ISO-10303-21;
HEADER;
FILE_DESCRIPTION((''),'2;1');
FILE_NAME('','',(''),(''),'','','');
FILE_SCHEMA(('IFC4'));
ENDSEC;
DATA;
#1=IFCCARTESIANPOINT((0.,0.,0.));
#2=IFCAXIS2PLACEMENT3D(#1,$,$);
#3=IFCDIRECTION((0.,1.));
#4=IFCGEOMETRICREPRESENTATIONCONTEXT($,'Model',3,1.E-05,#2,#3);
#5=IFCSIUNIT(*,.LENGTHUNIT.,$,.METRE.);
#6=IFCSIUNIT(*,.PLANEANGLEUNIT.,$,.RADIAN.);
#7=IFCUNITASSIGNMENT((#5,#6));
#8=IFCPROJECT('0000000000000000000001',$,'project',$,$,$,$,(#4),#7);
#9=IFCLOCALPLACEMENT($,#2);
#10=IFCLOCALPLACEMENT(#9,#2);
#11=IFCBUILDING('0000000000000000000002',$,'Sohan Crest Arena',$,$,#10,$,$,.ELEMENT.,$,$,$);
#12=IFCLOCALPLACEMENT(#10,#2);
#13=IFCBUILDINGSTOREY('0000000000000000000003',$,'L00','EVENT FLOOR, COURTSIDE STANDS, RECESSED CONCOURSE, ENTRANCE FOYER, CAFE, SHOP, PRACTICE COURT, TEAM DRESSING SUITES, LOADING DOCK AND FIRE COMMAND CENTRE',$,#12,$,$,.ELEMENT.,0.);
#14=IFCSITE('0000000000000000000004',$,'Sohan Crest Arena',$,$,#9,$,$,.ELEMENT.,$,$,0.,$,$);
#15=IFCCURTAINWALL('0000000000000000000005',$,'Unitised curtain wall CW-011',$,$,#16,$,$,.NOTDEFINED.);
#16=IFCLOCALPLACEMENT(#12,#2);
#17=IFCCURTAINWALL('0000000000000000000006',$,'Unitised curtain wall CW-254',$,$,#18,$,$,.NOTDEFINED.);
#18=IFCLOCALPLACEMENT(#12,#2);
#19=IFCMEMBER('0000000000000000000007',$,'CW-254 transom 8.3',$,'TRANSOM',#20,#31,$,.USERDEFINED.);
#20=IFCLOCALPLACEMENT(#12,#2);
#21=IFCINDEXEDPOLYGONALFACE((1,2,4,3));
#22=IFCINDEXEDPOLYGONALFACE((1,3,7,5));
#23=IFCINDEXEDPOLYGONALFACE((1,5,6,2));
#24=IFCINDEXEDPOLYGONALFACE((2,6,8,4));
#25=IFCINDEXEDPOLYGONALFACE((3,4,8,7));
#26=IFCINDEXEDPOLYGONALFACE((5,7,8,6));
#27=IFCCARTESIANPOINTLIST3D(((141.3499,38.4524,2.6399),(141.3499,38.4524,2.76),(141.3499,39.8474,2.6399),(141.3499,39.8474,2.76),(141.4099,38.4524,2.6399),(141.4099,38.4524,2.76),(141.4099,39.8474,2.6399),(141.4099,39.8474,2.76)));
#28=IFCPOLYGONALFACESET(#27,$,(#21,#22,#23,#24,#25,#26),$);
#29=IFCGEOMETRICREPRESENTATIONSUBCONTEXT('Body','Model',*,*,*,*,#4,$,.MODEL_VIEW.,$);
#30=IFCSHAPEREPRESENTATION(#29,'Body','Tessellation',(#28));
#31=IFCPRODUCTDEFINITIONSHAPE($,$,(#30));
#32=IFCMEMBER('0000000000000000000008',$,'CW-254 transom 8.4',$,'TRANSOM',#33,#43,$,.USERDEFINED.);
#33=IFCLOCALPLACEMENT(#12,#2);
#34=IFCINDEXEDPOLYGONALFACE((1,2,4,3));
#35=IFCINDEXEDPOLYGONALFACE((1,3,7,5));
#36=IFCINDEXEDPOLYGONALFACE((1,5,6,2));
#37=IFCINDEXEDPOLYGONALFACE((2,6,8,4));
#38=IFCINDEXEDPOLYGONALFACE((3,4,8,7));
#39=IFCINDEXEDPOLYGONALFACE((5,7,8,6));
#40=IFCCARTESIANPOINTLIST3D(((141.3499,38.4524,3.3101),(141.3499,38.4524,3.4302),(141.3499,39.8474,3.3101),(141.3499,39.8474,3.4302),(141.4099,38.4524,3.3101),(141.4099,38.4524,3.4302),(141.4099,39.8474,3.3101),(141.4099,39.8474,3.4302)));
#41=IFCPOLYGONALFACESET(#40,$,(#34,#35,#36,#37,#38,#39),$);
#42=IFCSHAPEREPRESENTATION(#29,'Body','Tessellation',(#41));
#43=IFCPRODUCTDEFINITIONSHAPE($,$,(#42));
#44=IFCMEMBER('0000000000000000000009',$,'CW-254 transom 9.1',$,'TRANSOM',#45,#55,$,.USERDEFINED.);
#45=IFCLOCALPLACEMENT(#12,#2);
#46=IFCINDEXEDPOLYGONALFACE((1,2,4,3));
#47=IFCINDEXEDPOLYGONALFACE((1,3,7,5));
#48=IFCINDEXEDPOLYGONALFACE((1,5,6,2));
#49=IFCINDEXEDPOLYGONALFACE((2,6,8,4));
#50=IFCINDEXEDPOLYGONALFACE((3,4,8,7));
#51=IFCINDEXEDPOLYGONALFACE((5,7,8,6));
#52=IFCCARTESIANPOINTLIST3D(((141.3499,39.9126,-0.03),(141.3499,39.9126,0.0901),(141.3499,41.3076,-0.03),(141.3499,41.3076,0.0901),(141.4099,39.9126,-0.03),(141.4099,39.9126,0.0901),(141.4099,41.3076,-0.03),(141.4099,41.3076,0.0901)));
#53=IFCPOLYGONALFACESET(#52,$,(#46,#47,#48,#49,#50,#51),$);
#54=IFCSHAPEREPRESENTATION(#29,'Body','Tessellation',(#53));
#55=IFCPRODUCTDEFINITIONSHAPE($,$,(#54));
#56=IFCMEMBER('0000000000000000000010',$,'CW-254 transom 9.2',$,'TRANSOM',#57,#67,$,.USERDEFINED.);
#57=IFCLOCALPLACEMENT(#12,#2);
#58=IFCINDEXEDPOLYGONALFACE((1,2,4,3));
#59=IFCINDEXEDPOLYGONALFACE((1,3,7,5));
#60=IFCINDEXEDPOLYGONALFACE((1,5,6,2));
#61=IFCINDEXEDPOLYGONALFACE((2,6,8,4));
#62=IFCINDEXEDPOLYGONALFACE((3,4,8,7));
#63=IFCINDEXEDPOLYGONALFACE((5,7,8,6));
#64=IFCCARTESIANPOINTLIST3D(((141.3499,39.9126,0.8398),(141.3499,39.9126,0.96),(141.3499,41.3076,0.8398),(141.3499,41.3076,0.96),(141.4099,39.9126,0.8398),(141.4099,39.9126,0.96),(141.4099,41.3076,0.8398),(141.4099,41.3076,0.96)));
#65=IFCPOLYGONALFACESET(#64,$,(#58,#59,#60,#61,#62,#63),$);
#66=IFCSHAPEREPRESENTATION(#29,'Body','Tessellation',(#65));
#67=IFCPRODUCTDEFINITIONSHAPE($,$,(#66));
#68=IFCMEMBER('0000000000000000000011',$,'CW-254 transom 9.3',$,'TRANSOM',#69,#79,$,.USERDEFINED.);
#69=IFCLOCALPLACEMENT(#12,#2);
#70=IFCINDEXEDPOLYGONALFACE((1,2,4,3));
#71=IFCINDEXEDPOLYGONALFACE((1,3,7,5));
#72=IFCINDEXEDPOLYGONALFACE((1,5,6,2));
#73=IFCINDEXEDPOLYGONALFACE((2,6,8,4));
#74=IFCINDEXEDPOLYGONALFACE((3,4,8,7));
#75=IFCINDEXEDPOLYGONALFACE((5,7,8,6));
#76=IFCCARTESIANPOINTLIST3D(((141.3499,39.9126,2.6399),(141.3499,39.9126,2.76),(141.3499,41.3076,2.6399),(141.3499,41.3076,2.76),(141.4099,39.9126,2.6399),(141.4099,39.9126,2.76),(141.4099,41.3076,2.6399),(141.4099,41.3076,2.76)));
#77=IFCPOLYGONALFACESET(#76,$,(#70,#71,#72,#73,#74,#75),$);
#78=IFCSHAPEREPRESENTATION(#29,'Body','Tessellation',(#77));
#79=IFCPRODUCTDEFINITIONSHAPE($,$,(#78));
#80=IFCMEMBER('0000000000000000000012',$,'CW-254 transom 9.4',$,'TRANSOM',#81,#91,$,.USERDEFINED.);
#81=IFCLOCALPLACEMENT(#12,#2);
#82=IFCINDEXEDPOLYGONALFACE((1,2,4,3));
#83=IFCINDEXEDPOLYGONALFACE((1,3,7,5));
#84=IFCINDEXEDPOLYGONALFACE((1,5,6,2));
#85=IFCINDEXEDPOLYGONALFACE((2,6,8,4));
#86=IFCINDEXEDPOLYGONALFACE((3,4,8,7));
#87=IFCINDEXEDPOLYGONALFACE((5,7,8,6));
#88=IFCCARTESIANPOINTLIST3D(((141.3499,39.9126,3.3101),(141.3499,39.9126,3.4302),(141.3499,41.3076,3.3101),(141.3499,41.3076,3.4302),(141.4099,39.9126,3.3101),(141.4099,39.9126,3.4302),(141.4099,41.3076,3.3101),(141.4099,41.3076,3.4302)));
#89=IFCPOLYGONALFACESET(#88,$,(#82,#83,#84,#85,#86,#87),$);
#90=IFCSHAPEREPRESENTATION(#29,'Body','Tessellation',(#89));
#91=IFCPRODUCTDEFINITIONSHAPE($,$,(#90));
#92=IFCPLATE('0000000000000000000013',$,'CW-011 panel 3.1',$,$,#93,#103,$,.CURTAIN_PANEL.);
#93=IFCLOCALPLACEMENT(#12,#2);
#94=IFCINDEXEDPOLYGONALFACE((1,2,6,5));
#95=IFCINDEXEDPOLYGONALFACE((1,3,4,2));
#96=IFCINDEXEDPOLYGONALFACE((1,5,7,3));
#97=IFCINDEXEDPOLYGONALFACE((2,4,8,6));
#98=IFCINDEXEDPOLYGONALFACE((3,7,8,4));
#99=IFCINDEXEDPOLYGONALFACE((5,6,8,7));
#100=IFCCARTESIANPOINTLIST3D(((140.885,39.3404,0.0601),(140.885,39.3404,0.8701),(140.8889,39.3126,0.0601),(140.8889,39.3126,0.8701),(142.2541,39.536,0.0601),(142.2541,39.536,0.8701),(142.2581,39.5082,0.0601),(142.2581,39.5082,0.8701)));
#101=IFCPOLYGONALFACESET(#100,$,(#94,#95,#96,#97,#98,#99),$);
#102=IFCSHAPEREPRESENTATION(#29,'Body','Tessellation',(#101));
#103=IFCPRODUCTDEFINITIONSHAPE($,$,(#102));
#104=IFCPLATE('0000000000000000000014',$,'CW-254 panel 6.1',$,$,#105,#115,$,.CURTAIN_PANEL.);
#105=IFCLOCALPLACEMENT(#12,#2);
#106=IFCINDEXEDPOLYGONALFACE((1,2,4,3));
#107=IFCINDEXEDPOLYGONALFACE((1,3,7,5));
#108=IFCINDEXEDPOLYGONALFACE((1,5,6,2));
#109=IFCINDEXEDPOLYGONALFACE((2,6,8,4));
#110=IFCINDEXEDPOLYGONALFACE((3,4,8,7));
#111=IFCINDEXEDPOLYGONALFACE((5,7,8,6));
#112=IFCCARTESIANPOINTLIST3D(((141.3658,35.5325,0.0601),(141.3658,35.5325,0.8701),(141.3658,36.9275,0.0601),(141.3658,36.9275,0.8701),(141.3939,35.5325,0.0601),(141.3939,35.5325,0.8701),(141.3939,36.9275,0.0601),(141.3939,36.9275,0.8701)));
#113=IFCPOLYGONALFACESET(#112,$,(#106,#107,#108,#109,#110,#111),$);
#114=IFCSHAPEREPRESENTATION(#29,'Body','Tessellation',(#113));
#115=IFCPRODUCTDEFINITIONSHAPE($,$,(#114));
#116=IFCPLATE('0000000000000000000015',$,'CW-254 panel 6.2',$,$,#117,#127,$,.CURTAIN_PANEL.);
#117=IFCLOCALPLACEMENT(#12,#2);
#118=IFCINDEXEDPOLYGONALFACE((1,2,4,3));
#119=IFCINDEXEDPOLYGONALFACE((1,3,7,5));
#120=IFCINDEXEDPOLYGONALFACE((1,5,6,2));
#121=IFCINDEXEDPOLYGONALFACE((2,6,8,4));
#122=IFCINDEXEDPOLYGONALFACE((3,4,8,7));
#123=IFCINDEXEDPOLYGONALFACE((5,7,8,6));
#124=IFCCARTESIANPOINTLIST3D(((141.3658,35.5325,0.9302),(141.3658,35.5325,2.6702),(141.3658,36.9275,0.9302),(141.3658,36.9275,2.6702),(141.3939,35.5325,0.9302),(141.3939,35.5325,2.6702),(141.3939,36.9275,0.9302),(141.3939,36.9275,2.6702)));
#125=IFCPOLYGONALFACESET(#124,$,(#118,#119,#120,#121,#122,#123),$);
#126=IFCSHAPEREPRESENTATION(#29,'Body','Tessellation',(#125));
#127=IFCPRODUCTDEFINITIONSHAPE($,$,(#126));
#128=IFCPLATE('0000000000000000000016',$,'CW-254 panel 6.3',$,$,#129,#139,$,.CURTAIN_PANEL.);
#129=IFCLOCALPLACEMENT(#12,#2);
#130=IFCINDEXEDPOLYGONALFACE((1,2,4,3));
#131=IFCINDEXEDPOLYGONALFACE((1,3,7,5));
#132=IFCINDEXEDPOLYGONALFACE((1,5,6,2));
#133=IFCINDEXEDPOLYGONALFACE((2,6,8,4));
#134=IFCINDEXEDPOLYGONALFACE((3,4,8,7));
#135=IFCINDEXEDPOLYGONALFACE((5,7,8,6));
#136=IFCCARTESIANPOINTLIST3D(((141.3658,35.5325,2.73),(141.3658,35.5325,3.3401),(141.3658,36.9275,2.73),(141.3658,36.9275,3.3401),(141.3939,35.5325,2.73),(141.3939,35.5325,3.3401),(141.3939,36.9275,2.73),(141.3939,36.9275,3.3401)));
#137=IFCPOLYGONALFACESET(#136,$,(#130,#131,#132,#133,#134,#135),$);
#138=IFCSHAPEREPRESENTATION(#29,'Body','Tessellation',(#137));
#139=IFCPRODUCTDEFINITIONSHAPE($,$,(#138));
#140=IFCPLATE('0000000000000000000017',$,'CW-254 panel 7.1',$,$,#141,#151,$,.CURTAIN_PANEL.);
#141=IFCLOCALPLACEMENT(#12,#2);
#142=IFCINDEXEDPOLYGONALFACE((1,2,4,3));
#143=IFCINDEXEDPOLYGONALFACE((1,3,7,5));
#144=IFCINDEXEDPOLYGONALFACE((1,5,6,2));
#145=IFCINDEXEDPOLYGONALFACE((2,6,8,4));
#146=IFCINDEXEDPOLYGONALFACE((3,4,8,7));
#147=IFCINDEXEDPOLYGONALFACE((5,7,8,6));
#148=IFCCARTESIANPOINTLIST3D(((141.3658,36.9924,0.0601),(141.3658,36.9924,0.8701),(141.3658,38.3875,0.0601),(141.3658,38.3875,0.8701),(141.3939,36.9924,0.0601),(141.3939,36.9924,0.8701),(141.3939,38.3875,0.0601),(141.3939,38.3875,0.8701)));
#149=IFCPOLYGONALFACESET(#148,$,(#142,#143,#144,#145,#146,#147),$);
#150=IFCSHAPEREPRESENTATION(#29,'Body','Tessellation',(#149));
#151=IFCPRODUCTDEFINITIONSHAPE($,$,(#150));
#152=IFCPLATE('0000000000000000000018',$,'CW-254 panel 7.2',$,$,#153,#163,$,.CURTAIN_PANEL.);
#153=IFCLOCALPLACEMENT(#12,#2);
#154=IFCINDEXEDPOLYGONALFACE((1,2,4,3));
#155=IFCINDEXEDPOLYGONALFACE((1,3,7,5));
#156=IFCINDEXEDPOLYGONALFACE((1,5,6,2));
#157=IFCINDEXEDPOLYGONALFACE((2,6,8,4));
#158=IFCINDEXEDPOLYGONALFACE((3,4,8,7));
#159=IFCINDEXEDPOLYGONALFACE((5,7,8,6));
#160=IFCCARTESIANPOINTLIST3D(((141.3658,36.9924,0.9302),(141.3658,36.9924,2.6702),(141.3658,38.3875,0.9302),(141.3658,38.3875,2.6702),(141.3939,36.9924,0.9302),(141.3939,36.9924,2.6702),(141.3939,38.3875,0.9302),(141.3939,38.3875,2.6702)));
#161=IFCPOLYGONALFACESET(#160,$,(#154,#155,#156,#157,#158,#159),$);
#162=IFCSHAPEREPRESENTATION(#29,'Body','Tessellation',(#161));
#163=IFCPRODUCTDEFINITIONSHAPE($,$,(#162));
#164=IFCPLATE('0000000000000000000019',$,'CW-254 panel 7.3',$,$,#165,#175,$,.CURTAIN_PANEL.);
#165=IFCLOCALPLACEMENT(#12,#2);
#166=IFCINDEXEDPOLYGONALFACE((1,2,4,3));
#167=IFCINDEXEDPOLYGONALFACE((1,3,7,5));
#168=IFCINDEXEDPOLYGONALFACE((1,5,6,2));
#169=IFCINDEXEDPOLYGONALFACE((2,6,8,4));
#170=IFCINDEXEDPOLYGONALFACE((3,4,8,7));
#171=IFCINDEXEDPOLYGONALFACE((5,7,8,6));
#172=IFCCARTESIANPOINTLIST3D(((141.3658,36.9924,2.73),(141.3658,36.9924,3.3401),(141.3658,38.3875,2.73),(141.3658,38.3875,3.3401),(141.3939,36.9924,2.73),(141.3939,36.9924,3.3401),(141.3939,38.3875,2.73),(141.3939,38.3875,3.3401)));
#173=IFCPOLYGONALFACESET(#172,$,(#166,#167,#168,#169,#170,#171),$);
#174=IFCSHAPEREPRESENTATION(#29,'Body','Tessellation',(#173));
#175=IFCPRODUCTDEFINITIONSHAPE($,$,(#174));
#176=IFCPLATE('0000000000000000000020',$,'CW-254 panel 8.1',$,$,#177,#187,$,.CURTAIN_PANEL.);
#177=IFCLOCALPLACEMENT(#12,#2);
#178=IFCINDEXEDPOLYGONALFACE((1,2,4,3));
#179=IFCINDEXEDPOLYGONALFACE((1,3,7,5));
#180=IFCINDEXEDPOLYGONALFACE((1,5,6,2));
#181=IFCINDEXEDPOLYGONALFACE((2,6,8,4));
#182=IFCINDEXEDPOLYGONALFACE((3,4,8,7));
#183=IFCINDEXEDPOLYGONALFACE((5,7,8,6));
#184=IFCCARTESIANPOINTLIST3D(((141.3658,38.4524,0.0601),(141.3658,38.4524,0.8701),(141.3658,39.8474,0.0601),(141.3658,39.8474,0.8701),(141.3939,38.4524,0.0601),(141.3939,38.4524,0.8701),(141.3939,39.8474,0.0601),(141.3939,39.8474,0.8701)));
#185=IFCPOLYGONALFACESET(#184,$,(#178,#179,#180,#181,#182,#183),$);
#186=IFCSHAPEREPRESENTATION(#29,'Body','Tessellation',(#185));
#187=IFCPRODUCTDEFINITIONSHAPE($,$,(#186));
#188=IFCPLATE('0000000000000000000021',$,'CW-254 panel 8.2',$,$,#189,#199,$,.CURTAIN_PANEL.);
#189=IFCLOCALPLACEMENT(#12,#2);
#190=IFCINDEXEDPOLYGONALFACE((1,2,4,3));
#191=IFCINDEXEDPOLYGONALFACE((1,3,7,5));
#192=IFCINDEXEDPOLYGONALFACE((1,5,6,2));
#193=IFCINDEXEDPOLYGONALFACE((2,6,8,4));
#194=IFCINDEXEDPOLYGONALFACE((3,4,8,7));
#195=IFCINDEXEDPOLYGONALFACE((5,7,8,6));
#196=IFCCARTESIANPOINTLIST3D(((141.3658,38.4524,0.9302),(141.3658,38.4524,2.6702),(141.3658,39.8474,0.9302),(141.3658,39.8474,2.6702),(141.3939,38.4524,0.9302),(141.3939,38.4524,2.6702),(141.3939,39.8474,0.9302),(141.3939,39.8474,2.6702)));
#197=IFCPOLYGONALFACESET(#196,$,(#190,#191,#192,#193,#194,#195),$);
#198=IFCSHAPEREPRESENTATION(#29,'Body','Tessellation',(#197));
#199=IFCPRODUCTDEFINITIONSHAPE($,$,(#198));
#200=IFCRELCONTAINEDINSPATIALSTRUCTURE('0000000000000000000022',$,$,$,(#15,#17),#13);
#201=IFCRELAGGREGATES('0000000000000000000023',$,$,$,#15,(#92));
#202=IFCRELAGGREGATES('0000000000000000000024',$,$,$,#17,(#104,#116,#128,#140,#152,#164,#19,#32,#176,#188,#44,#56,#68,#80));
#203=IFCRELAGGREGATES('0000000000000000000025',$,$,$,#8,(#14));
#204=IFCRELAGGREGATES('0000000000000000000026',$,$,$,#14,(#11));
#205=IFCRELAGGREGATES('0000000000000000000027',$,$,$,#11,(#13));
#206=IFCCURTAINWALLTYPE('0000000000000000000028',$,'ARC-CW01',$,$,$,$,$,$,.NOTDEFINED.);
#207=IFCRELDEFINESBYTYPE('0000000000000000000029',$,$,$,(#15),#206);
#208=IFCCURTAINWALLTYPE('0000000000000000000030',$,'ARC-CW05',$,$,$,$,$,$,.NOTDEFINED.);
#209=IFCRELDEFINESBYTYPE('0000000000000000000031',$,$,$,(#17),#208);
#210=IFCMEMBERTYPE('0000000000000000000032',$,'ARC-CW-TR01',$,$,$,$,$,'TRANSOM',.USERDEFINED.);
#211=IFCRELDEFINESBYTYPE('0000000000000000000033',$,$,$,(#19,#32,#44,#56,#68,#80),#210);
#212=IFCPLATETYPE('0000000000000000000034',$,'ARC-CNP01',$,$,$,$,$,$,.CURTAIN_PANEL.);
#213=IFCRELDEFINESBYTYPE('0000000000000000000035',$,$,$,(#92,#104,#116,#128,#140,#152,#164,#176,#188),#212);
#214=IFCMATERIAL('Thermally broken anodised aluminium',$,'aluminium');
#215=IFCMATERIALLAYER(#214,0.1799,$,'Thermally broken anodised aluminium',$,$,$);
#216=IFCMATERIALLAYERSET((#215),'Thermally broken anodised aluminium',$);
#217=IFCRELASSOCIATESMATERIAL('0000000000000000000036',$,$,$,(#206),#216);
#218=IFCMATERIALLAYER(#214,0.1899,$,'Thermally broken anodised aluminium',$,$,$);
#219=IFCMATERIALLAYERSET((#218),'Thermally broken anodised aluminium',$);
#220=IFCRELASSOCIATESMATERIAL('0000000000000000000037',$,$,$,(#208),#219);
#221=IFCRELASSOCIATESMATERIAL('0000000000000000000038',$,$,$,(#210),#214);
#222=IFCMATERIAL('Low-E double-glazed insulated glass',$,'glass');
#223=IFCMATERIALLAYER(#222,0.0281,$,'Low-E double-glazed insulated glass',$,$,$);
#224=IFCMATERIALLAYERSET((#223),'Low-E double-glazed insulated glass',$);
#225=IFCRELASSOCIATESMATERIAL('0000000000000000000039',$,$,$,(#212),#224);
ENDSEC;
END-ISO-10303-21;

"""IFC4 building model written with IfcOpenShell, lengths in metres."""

from ifc_helpers import new_model, si_unit, direction, frame, origin, origin_2d, place, context, subcontext, project, spatial, rectangle, extrude, material, layer, layer_set, material_profile, profile_set, type_object, element, aggregate, save


model = new_model("IFC4")

# Units and contexts
model_context = context("Model", 3, precision=1e-05, world=origin(), true_north=direction((0.0, 1.0)))
body_context = subcontext(model_context, "Body", "Model", "MODEL_VIEW")
ifc_project = project(units=[si_unit("LENGTHUNIT", "METRE"), si_unit("PLANEANGLEUNIT", "RADIAN")], contexts=[model_context])

# Site, building, storey
site_placement = place(None, origin())
site = spatial("IfcSite", under=ifc_project, at=site_placement, Name="Sohan Crest Arena", CompositionType="ELEMENT", RefElevation=0.0)
building_placement = place(site_placement, origin())
building = spatial("IfcBuilding", under=site, at=building_placement, Name="Sohan Crest Arena", CompositionType="ELEMENT")
storey_placement = place(building_placement, origin())
storey = spatial("IfcBuildingStorey", under=building, at=storey_placement, Name="L00", Description="EVENT FLOOR, COURTSIDE STANDS, RECESSED CONCOURSE, ENTRANCE FOYER, CAFE, SHOP, PRACTICE COURT, TEAM DRESSING SUITES, LOADING DOCK AND FIRE COMMAND CENTRE", CompositionType="ELEMENT", Elevation=0.0)

# Curtain wall
ifc_material_1 = material(Name="Thermally broken anodised aluminium", Category="aluminium")
ifc_layer_1 = layer(ifc_material_1, 0.1799, Name="Thermally broken anodised aluminium")
ifc_layer_set_1 = layer_set([ifc_layer_1], Name="Thermally broken anodised aluminium")
curtain_wall_type_1 = type_object("IfcCurtainWallType", Name="ARC-CW01", PredefinedType="NOTDEFINED", material=ifc_layer_set_1)
curtain_wall_1_placement = place(storey_placement, origin())
curtain_wall_1 = element("IfcCurtainWall", 1, at=curtain_wall_1_placement, inside=storey, type_object=curtain_wall_type_1, Name="Unitised curtain wall CW-011", PredefinedType="NOTDEFINED")

# Curtain wall
ifc_layer_2 = layer(ifc_material_1, 0.1899, Name="Thermally broken anodised aluminium")
ifc_layer_set_2 = layer_set([ifc_layer_2], Name="Thermally broken anodised aluminium")
curtain_wall_type_2 = type_object("IfcCurtainWallType", Name="ARC-CW05", PredefinedType="NOTDEFINED", material=ifc_layer_set_2)
curtain_wall_2_placement = place(storey_placement, origin())
curtain_wall_2 = element("IfcCurtainWall", 2, at=curtain_wall_2_placement, inside=storey, type_object=curtain_wall_type_2, Name="Unitised curtain wall CW-254", PredefinedType="NOTDEFINED")

# Members
ifc_material_profile_1 = material_profile(ifc_material_1, rectangle(XDim=0.0601, YDim=0.1201, at=origin_2d()), Name="ALU-TRAN 60x120")
ifc_profile_set_1 = profile_set([ifc_material_profile_1], Name="Thermally broken anodised aluminium")
member_type_1 = type_object("IfcMemberType", Name="ARC-CW-TR01", ElementType="TRANSOM", PredefinedType="USERDEFINED", material=ifc_profile_set_1)
member_1_placement = place(storey_placement, frame((141.3799, 38.4524, 2.7), z_axis=(0.0, 1.0, 0.0), x_axis=(-1.0, 0.0, 0.0)))
member_1 = element("IfcMember", 3, at=member_1_placement, type_object=member_type_1, Name="CW-254 transom 8.3", ObjectType="TRANSOM", PredefinedType="USERDEFINED", context=body_context, shape_type="SweptSolid", body=[
    extrude(rectangle(XDim=0.0601, YDim=0.1201, at=origin_2d()), origin(), (0.0, 0.0, 1.0), 1.395),
])
member_2_placement = place(storey_placement, frame((141.3799, 38.4524, 3.3701), z_axis=(0.0, 1.0, 0.0), x_axis=(-1.0, 0.0, 0.0)))
member_2 = element("IfcMember", 4, at=member_2_placement, type_object=member_type_1, Name="CW-254 transom 8.4", ObjectType="TRANSOM", PredefinedType="USERDEFINED", context=body_context, shape_type="SweptSolid", body=[
    extrude(rectangle(XDim=0.0601, YDim=0.1201, at=origin_2d()), origin(), (0.0, 0.0, 1.0), 1.395),
])
member_3_placement = place(storey_placement, frame((141.3799, 39.9126, 0.03), z_axis=(0.0, 1.0, 0.0), x_axis=(-1.0, 0.0, 0.0)))
member_3 = element("IfcMember", 5, at=member_3_placement, type_object=member_type_1, Name="CW-254 transom 9.1", ObjectType="TRANSOM", PredefinedType="USERDEFINED", context=body_context, shape_type="SweptSolid", body=[
    extrude(rectangle(XDim=0.0601, YDim=0.1201, at=origin_2d()), origin(), (0.0, 0.0, 1.0), 1.395),
])
member_4_placement = place(storey_placement, frame((141.3799, 39.9126, 0.8999), z_axis=(0.0, 1.0, 0.0), x_axis=(-1.0, 0.0, 0.0)))
member_4 = element("IfcMember", 6, at=member_4_placement, type_object=member_type_1, Name="CW-254 transom 9.2", ObjectType="TRANSOM", PredefinedType="USERDEFINED", context=body_context, shape_type="SweptSolid", body=[
    extrude(rectangle(XDim=0.0601, YDim=0.1201, at=origin_2d()), origin(), (0.0, 0.0, 1.0), 1.395),
])
member_5_placement = place(storey_placement, frame((141.3799, 39.9126, 2.7), z_axis=(0.0, 1.0, 0.0), x_axis=(-1.0, 0.0, 0.0)))
member_5 = element("IfcMember", 7, at=member_5_placement, type_object=member_type_1, Name="CW-254 transom 9.3", ObjectType="TRANSOM", PredefinedType="USERDEFINED", context=body_context, shape_type="SweptSolid", body=[
    extrude(rectangle(XDim=0.0601, YDim=0.1201, at=origin_2d()), origin(), (0.0, 0.0, 1.0), 1.395),
])
member_6_placement = place(storey_placement, frame((141.3799, 39.9126, 3.3701), z_axis=(0.0, 1.0, 0.0), x_axis=(-1.0, 0.0, 0.0)))
member_6 = element("IfcMember", 8, at=member_6_placement, type_object=member_type_1, Name="CW-254 transom 9.4", ObjectType="TRANSOM", PredefinedType="USERDEFINED", context=body_context, shape_type="SweptSolid", body=[
    extrude(rectangle(XDim=0.0601, YDim=0.1201, at=origin_2d()), origin(), (0.0, 0.0, 1.0), 1.395),
])

# Plates
ifc_material_2 = material(Name="Low-E double-glazed insulated glass", Category="glass")
ifc_layer_3 = layer(ifc_material_2, 0.0281, Name="Low-E double-glazed insulated glass")
ifc_layer_set_3 = layer_set([ifc_layer_3], Name="Low-E double-glazed insulated glass")
plate_type = type_object("IfcPlateType", Name="ARC-CNP01", PredefinedType="CURTAIN_PANEL", material=ifc_layer_set_3)
plate_1_placement = place(storey_placement, frame((141.5715, 39.4243, 0.0601), z_axis=(0.0, 0.0, 1.0), x_axis=(0.989944, 0.141463, 0.0)))
plate_1 = element("IfcPlate", 9, at=plate_1_placement, type_object=plate_type, Name="CW-011 panel 3.1", PredefinedType="CURTAIN_PANEL", context=body_context, shape_type="SweptSolid", body=[
    extrude(rectangle(XDim=1.3831, YDim=0.0281, at=origin_2d()), origin(), (0.0, 0.0, 1.0), 0.8101),
])
aggregate(curtain_wall_1, [plate_1])
plate_2_placement = place(storey_placement, frame((141.3799, 36.23, 0.0601), z_axis=(0.0, 0.0, 1.0), x_axis=(0.0, 1.0, 0.0)))
plate_2 = element("IfcPlate", 10, at=plate_2_placement, type_object=plate_type, Name="CW-254 panel 6.1", PredefinedType="CURTAIN_PANEL", context=body_context, shape_type="SweptSolid", body=[
    extrude(rectangle(XDim=1.395, YDim=0.0281, at=origin_2d()), origin(), (0.0, 0.0, 1.0), 0.8101),
])
plate_3_placement = place(storey_placement, frame((141.3799, 36.23, 0.9302), z_axis=(0.0, 0.0, 1.0), x_axis=(0.0, 1.0, 0.0)))
plate_3 = element("IfcPlate", 11, at=plate_3_placement, type_object=plate_type, Name="CW-254 panel 6.2", PredefinedType="CURTAIN_PANEL", context=body_context, shape_type="SweptSolid", body=[
    extrude(rectangle(XDim=1.395, YDim=0.0281, at=origin_2d()), origin(), (0.0, 0.0, 1.0), 1.74),
])
plate_4_placement = place(storey_placement, frame((141.3799, 36.23, 2.73), z_axis=(0.0, 0.0, 1.0), x_axis=(0.0, 1.0, 0.0)))
plate_4 = element("IfcPlate", 12, at=plate_4_placement, type_object=plate_type, Name="CW-254 panel 6.3", PredefinedType="CURTAIN_PANEL", context=body_context, shape_type="SweptSolid", body=[
    extrude(rectangle(XDim=1.395, YDim=0.0281, at=origin_2d()), origin(), (0.0, 0.0, 1.0), 0.6101),
])
plate_5_placement = place(storey_placement, frame((141.3799, 37.6899, 0.0601), z_axis=(0.0, 0.0, 1.0), x_axis=(0.0, 1.0, 0.0)))
plate_5 = element("IfcPlate", 13, at=plate_5_placement, type_object=plate_type, Name="CW-254 panel 7.1", PredefinedType="CURTAIN_PANEL", context=body_context, shape_type="SweptSolid", body=[
    extrude(rectangle(XDim=1.395, YDim=0.0281, at=origin_2d()), origin(), (0.0, 0.0, 1.0), 0.8101),
])
plate_6_placement = place(storey_placement, frame((141.3799, 37.6899, 0.9302), z_axis=(0.0, 0.0, 1.0), x_axis=(0.0, 1.0, 0.0)))
plate_6 = element("IfcPlate", 14, at=plate_6_placement, type_object=plate_type, Name="CW-254 panel 7.2", PredefinedType="CURTAIN_PANEL", context=body_context, shape_type="SweptSolid", body=[
    extrude(rectangle(XDim=1.395, YDim=0.0281, at=origin_2d()), origin(), (0.0, 0.0, 1.0), 1.74),
])
plate_7_placement = place(storey_placement, frame((141.3799, 37.6899, 2.73), z_axis=(0.0, 0.0, 1.0), x_axis=(0.0, 1.0, 0.0)))
plate_7 = element("IfcPlate", 15, at=plate_7_placement, type_object=plate_type, Name="CW-254 panel 7.3", PredefinedType="CURTAIN_PANEL", context=body_context, shape_type="SweptSolid", body=[
    extrude(rectangle(XDim=1.395, YDim=0.0281, at=origin_2d()), origin(), (0.0, 0.0, 1.0), 0.6101),
])
plate_8_placement = place(storey_placement, frame((141.3799, 39.1499, 0.0601), z_axis=(0.0, 0.0, 1.0), x_axis=(0.0, 1.0, 0.0)))
plate_8 = element("IfcPlate", 16, at=plate_8_placement, type_object=plate_type, Name="CW-254 panel 8.1", PredefinedType="CURTAIN_PANEL", context=body_context, shape_type="SweptSolid", body=[
    extrude(rectangle(XDim=1.395, YDim=0.0281, at=origin_2d()), origin(), (0.0, 0.0, 1.0), 0.8101),
])
plate_9_placement = place(storey_placement, frame((141.3799, 39.1499, 0.9302), z_axis=(0.0, 0.0, 1.0), x_axis=(0.0, 1.0, 0.0)))
plate_9 = element("IfcPlate", 17, at=plate_9_placement, type_object=plate_type, Name="CW-254 panel 8.2", PredefinedType="CURTAIN_PANEL", context=body_context, shape_type="SweptSolid", body=[
    extrude(rectangle(XDim=1.395, YDim=0.0281, at=origin_2d()), origin(), (0.0, 0.0, 1.0), 1.74),
])
aggregate(curtain_wall_2, [plate_2, plate_3, plate_4, plate_5, plate_6, plate_7, member_1, member_2, plate_8, plate_9, member_3, member_4, member_5, member_6])

save(model, "model.ifc")
